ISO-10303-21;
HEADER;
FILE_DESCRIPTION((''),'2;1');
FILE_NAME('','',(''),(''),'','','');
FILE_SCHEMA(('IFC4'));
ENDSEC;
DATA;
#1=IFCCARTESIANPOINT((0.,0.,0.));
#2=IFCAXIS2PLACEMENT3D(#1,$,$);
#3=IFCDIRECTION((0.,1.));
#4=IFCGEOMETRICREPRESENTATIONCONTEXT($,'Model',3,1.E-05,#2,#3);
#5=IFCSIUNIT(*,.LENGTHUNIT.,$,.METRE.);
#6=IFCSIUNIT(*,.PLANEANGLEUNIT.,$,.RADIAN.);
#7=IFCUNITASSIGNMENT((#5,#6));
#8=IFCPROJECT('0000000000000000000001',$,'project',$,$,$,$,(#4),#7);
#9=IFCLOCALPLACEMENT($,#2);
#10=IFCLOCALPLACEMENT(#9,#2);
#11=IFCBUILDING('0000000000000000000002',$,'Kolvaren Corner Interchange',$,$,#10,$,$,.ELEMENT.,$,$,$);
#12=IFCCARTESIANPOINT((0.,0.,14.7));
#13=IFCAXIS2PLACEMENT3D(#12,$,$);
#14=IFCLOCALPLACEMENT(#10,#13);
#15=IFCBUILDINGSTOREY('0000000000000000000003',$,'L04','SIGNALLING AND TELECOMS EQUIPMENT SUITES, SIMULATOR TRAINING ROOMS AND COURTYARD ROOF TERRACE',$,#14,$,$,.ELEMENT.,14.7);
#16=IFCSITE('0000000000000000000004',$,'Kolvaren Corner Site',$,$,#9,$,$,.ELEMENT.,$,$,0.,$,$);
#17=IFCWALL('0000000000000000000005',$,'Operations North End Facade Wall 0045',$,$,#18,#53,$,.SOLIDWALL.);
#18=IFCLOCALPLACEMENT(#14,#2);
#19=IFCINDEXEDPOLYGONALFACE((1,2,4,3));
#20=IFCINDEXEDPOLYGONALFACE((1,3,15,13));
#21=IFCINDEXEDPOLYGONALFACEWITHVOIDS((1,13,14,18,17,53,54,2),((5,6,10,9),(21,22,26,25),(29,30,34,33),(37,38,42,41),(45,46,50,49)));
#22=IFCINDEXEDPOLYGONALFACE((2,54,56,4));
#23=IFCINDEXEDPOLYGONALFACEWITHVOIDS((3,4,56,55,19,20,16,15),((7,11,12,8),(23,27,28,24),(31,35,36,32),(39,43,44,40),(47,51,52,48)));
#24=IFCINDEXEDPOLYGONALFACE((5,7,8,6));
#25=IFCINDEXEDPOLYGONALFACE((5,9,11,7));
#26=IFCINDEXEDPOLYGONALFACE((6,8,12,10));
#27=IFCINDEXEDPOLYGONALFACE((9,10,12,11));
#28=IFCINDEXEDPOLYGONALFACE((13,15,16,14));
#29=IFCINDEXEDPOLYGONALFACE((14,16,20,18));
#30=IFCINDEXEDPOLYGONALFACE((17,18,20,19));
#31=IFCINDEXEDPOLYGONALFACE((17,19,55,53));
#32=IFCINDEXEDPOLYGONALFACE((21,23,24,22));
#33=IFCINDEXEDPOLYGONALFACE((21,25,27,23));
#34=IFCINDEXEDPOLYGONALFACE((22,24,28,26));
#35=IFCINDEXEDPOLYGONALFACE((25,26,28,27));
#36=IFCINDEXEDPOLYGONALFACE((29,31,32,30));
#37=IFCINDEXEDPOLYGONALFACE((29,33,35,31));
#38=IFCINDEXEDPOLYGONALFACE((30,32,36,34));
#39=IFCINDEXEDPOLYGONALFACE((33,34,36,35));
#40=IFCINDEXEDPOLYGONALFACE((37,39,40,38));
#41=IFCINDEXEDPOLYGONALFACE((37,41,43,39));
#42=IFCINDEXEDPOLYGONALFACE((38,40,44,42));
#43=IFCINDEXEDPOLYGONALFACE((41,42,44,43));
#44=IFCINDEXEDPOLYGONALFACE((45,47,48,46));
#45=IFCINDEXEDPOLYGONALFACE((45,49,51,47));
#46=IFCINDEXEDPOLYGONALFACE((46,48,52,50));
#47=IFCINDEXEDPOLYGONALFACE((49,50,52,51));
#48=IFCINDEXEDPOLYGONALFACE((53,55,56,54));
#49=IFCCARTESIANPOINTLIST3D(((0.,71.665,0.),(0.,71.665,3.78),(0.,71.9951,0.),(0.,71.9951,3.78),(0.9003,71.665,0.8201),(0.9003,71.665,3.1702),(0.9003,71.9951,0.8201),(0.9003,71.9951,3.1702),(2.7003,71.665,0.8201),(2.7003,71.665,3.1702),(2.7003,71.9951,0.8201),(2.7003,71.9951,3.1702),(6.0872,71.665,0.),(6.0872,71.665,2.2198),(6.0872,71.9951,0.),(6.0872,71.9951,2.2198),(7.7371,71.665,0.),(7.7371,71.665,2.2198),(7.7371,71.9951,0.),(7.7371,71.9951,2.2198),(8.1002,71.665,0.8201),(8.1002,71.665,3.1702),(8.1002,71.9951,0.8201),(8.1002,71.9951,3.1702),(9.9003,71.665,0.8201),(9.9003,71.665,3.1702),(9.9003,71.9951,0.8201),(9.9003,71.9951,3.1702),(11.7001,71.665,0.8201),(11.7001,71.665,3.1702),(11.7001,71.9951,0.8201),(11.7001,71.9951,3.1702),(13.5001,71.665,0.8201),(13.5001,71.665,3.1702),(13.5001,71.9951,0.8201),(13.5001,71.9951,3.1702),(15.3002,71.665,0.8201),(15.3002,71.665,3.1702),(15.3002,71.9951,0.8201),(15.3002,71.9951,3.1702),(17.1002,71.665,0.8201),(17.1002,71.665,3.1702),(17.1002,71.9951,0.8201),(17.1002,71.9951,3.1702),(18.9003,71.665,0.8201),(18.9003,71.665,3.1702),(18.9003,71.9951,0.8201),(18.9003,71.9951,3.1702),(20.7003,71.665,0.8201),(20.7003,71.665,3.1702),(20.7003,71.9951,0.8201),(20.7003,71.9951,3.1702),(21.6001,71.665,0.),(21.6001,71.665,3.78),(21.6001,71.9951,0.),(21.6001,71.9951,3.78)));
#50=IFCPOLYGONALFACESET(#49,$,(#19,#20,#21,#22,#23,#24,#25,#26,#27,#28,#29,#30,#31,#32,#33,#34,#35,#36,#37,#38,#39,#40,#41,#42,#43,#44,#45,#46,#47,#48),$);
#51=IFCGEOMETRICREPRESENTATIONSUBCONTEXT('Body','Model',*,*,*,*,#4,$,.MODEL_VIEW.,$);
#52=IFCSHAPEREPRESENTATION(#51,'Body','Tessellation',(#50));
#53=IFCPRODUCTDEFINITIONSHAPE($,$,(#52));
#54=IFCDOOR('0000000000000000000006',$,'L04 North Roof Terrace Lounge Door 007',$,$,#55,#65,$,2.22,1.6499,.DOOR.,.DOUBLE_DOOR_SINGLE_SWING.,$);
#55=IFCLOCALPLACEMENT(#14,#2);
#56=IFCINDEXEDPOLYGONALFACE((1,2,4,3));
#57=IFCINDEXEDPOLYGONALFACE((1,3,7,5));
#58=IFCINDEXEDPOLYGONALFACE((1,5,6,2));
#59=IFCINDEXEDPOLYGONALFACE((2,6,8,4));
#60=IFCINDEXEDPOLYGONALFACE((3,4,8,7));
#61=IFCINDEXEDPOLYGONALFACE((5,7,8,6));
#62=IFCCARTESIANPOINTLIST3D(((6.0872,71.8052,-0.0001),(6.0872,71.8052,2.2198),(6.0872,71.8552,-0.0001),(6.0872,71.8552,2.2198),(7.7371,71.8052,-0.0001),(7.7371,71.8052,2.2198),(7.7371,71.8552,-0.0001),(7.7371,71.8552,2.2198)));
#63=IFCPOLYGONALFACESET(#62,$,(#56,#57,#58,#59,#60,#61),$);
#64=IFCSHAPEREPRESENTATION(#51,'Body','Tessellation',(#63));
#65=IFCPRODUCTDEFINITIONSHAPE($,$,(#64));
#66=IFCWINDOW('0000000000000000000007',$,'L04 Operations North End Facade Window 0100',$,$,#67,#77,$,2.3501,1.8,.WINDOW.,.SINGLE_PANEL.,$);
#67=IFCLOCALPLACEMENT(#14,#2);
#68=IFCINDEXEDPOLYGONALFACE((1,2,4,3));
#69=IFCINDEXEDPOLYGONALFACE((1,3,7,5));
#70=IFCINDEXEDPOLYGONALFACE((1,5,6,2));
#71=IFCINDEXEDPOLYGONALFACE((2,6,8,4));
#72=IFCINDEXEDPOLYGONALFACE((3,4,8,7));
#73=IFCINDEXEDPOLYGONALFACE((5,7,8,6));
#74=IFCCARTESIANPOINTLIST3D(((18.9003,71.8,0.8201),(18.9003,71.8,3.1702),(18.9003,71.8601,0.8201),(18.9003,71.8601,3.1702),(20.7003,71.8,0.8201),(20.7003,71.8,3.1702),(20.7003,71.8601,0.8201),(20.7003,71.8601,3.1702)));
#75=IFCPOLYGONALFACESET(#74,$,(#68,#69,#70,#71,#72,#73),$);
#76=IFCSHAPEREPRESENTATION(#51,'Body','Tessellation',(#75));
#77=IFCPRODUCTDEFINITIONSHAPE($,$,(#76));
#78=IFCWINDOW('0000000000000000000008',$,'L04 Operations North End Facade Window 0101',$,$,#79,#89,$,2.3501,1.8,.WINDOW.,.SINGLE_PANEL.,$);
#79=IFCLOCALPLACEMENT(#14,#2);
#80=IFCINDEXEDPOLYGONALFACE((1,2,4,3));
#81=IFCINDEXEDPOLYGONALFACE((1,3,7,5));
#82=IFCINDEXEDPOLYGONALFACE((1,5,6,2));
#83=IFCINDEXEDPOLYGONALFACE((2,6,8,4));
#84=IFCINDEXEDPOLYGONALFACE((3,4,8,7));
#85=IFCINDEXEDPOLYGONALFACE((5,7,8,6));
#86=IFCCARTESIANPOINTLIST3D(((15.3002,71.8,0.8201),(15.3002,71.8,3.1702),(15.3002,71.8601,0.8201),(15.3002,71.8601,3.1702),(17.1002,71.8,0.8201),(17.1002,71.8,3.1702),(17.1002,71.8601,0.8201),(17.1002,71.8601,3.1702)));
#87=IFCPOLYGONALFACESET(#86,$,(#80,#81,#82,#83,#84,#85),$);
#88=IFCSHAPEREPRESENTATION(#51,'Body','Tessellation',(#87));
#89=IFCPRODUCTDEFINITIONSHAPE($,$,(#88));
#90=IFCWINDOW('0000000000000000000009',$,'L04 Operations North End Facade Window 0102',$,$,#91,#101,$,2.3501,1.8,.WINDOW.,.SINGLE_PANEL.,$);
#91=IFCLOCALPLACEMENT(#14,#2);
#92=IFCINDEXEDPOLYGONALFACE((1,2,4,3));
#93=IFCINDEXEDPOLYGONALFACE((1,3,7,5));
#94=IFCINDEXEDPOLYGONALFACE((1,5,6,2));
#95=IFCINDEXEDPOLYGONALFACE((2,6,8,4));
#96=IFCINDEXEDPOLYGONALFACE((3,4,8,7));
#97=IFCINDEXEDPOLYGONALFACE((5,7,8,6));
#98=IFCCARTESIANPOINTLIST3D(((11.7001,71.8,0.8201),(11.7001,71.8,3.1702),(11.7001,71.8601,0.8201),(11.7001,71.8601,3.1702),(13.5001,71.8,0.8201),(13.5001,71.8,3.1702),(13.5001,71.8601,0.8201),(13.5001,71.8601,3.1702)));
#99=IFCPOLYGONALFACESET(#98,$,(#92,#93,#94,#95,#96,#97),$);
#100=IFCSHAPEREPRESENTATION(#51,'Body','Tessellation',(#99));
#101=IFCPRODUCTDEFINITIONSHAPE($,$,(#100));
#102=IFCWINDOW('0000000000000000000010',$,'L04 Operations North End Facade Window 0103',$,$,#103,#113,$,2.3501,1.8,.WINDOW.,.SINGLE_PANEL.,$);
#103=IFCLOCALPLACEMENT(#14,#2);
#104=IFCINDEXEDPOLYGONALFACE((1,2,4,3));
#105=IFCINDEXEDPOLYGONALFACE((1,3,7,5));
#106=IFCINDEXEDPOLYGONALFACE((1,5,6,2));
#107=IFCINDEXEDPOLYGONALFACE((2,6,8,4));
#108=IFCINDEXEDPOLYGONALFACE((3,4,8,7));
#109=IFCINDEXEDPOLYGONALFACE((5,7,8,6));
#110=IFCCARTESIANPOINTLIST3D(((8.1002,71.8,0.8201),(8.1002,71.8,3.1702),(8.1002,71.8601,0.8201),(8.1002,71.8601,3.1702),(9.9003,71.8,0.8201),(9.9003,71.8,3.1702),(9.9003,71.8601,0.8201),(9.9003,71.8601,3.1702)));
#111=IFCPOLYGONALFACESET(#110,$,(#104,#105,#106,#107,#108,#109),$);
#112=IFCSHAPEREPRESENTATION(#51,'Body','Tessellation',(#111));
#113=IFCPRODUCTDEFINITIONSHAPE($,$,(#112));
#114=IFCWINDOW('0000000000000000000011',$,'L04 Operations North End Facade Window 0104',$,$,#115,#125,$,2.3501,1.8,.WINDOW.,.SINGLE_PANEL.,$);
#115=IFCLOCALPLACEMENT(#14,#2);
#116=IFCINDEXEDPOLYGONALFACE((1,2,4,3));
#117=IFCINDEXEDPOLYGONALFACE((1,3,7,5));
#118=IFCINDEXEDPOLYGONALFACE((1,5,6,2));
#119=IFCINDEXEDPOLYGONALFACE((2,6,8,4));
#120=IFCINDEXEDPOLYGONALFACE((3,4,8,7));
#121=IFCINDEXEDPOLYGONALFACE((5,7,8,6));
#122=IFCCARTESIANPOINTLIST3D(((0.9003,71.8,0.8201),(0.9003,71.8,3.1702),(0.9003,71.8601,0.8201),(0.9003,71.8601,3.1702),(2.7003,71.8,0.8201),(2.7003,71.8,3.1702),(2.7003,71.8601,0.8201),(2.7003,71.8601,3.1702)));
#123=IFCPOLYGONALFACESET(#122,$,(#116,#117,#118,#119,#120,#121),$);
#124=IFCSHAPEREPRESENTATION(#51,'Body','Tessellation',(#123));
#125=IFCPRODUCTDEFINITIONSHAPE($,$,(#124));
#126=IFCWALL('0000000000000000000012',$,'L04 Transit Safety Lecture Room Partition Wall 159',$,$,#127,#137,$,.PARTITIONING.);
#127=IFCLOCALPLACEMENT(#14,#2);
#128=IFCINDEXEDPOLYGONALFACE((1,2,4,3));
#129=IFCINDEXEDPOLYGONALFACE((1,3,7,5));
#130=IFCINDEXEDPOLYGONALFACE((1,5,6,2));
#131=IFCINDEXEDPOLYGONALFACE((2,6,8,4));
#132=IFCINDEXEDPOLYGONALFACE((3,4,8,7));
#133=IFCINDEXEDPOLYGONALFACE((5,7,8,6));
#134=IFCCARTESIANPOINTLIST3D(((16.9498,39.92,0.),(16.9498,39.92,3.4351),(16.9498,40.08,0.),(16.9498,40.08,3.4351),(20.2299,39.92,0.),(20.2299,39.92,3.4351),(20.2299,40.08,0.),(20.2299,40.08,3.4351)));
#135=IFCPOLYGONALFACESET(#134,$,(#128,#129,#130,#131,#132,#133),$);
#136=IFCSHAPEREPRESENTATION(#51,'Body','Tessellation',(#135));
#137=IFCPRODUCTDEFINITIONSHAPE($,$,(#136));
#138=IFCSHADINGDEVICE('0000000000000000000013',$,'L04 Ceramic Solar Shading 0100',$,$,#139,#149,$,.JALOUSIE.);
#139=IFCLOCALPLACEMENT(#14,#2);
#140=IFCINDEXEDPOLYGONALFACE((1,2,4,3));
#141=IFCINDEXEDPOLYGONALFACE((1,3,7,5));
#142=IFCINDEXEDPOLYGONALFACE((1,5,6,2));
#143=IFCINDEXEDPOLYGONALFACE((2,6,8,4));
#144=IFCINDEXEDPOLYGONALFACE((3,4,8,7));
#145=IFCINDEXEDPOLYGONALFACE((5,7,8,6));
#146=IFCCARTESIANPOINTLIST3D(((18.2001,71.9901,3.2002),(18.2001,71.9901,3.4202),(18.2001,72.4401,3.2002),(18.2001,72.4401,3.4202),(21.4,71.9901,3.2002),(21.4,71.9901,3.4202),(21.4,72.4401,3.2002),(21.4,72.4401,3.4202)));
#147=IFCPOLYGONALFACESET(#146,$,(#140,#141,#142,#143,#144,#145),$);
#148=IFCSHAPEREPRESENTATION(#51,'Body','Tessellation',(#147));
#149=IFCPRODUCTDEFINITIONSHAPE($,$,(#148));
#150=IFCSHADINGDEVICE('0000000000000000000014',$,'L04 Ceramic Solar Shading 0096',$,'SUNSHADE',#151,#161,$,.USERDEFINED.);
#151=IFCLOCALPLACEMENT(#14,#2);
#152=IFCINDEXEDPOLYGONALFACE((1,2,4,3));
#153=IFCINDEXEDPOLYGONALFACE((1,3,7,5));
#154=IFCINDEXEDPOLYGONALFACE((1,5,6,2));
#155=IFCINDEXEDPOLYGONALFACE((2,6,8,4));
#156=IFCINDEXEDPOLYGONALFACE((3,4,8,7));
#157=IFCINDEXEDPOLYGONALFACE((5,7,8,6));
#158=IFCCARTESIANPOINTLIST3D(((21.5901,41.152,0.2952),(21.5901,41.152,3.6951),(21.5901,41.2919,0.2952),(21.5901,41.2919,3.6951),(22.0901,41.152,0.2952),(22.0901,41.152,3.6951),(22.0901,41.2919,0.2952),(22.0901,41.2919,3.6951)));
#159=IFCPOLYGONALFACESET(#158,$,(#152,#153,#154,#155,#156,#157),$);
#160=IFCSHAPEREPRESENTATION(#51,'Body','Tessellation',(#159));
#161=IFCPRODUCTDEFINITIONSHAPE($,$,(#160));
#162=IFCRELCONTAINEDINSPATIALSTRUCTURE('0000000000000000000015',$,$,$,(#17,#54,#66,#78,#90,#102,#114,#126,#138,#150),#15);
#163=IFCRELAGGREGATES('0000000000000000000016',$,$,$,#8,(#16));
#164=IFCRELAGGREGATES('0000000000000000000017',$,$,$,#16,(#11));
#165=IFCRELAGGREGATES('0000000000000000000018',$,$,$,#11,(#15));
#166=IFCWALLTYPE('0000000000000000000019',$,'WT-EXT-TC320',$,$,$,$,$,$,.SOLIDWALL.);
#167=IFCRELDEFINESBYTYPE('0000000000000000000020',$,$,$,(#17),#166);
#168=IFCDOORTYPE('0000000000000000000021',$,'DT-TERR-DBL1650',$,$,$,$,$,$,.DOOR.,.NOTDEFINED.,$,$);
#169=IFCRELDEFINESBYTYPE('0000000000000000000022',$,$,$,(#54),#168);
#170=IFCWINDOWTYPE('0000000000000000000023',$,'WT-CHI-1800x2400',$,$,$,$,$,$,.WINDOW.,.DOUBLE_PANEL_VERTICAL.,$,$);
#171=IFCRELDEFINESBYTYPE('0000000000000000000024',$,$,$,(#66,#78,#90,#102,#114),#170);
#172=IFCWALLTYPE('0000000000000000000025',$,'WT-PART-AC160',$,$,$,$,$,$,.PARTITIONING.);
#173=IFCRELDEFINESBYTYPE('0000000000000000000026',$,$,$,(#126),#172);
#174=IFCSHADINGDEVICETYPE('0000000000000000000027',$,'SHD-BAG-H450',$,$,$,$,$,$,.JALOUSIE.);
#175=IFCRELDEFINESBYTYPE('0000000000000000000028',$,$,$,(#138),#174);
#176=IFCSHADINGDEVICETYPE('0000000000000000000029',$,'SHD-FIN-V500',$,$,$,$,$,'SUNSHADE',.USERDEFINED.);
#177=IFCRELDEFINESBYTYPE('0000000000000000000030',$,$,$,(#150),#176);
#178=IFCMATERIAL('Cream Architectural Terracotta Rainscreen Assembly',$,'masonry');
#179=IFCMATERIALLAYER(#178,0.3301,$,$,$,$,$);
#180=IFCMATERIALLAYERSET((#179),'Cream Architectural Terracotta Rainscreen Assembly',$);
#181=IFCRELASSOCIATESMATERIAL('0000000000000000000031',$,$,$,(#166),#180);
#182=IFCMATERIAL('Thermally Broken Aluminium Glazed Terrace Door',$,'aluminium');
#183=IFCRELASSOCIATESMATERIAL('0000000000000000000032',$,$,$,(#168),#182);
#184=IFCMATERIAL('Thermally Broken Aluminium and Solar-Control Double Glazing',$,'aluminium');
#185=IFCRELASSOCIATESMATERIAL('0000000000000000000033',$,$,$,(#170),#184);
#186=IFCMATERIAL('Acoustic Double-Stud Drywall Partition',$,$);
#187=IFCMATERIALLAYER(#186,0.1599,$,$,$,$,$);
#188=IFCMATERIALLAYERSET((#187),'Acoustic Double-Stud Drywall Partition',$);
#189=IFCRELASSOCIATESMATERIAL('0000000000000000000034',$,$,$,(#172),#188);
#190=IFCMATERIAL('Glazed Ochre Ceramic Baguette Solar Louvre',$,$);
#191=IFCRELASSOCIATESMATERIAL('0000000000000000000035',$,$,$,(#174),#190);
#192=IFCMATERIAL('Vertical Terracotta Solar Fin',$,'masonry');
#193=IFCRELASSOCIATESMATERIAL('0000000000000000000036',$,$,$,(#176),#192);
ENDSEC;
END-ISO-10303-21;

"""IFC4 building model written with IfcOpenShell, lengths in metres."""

from ifc_helpers import new_model, si_unit, direction, frame, frame_2d, origin, origin_2d, place, context, subcontext, project, spatial, rectangle, extrude, material, layer, layer_set, type_object, element, fill, save


model = new_model("IFC4")

# Units and contexts
model_context = context("Model", 3, precision=1e-05, world=origin(), true_north=direction((0.0, 1.0)))
body_context = subcontext(model_context, "Body", "Model", "MODEL_VIEW")
ifc_project = project(units=[si_unit("LENGTHUNIT", "METRE"), si_unit("PLANEANGLEUNIT", "RADIAN")], contexts=[model_context])

# Site, building, storey
site_placement = place(None, origin())
site = spatial("IfcSite", under=ifc_project, at=site_placement, Name="Kolvaren Corner Site", CompositionType="ELEMENT", RefElevation=0.0)
building_placement = place(site_placement, origin())
building = spatial("IfcBuilding", under=site, at=building_placement, Name="Kolvaren Corner Interchange", CompositionType="ELEMENT")
storey_placement = place(building_placement, frame((0.0, 0.0, 14.7)))
storey = spatial("IfcBuildingStorey", under=building, at=storey_placement, Name="L04", Description="SIGNALLING AND TELECOMS EQUIPMENT SUITES, SIMULATOR TRAINING ROOMS AND COURTYARD ROOF TERRACE", CompositionType="ELEMENT", Elevation=14.7)

# Shared definitions
ifc_material_1 = material(Name="Cream Architectural Terracotta Rainscreen Assembly", Category="masonry")
ifc_layer_1 = layer(ifc_material_1, 0.3301)
ifc_layer_set_1 = layer_set([ifc_layer_1], Name="Cream Architectural Terracotta Rainscreen Assembly")
wall_type_1 = type_object("IfcWallType", Name="WT-EXT-TC320", PredefinedType="SOLIDWALL", material=ifc_layer_set_1)

# Wall, openings, door, windows
wall_1_placement = place(storey_placement, frame((21.6001, 71.8301, 0.0), z_axis=(0.0, 0.0, 1.0), x_axis=(-1.0, 0.0, 0.0)))
wall_1 = element("IfcWall", 1, at=wall_1_placement, inside=storey, type_object=wall_type_1, Name="Operations North End Facade Wall 0045", PredefinedType="SOLIDWALL", context=body_context, shape_type="SweptSolid", body=[
    extrude(rectangle(XDim=21.6001, YDim=0.3301, at=frame_2d((10.8, 0.0))), origin(), (0.0, 0.0, 1.0), 3.78),
])
opening_1_placement = place(wall_1_placement, frame((13.863, 0.0, 0.0)))
opening_1 = element("IfcOpeningElement", 2, at=opening_1_placement, cuts=wall_1, PredefinedType="OPENING", context=body_context, shape_type="SweptSolid", body=[
    extrude(rectangle(XDim=1.6499, YDim=2.22, at=frame_2d((0.825, 1.1099))), frame((0.0, 0.175, 0.0), z_axis=(0.0, -1.0, 0.0), x_axis=(1.0, 0.0, 0.0)), (0.0, 0.0, 1.0), 0.3501),
])
opening_2_placement = place(wall_1_placement, frame((0.8999, 0.0, 0.8201)))
opening_2 = element("IfcOpeningElement", 3, at=opening_2_placement, cuts=wall_1, PredefinedType="OPENING", context=body_context, shape_type="SweptSolid", body=[
    extrude(rectangle(XDim=1.8, YDim=2.3501, at=frame_2d((0.8999, 1.175))), frame((0.0, 0.175, 0.0), z_axis=(0.0, -1.0, 0.0), x_axis=(1.0, 0.0, 0.0)), (0.0, 0.0, 1.0), 0.3501),
])
opening_3_placement = place(wall_1_placement, frame((4.5, 0.0, 0.8201)))
opening_3 = element("IfcOpeningElement", 4, at=opening_3_placement, cuts=wall_1, PredefinedType="OPENING", context=body_context, shape_type="SweptSolid", body=[
    extrude(rectangle(XDim=1.8, YDim=2.3501, at=frame_2d((0.8999, 1.175))), frame((0.0, 0.175, 0.0), z_axis=(0.0, -1.0, 0.0), x_axis=(1.0, 0.0, 0.0)), (0.0, 0.0, 1.0), 0.3501),
])
opening_4_placement = place(wall_1_placement, frame((8.1001, 0.0, 0.8201)))
opening_4 = element("IfcOpeningElement", 5, at=opening_4_placement, cuts=wall_1, PredefinedType="OPENING", context=body_context, shape_type="SweptSolid", body=[
    extrude(rectangle(XDim=1.8, YDim=2.3501, at=frame_2d((0.8999, 1.175))), frame((0.0, 0.175, 0.0), z_axis=(0.0, -1.0, 0.0), x_axis=(1.0, 0.0, 0.0)), (0.0, 0.0, 1.0), 0.3501),
])
opening_5_placement = place(wall_1_placement, frame((11.7, 0.0, 0.8201)))
opening_5 = element("IfcOpeningElement", 6, at=opening_5_placement, cuts=wall_1, PredefinedType="OPENING", context=body_context, shape_type="SweptSolid", body=[
    extrude(rectangle(XDim=1.8, YDim=2.3501, at=frame_2d((0.8999, 1.175))), frame((0.0, 0.175, 0.0), z_axis=(0.0, -1.0, 0.0), x_axis=(1.0, 0.0, 0.0)), (0.0, 0.0, 1.0), 0.3501),
])
opening_6_placement = place(wall_1_placement, frame((18.8999, 0.0, 0.8201)))
opening_6 = element("IfcOpeningElement", 7, at=opening_6_placement, cuts=wall_1, PredefinedType="OPENING", context=body_context, shape_type="SweptSolid", body=[
    extrude(rectangle(XDim=1.8, YDim=2.3501, at=frame_2d((0.8999, 1.175))), frame((0.0, 0.175, 0.0), z_axis=(0.0, -1.0, 0.0), x_axis=(1.0, 0.0, 0.0)), (0.0, 0.0, 1.0), 0.3501),
])
ifc_material_2 = material(Name="Thermally Broken Aluminium Glazed Terrace Door", Category="aluminium")
door_type = type_object("IfcDoorType", Name="DT-TERR-DBL1650", OperationType="NOTDEFINED", PredefinedType="DOOR", material=ifc_material_2)
door_placement = place(opening_1_placement, origin())
door = element("IfcDoor", 8, at=door_placement, inside=storey, type_object=door_type, Name="L04 North Roof Terrace Lounge Door 007", OperationType="DOUBLE_DOOR_SINGLE_SWING", OverallHeight=2.22, OverallWidth=1.6499, PredefinedType="DOOR", context=body_context, shape_type="SweptSolid", body=[
    extrude(rectangle(XDim=1.6499, YDim=2.22, at=frame_2d((0.825, 1.1099))), frame((0.0, 0.0249, 0.0), z_axis=(0.0, -1.0, 0.0), x_axis=(1.0, 0.0, 0.0)), (0.0, 0.0, 1.0), 0.05),
])
fill(opening_1, door)
ifc_material_3 = material(Name="Thermally Broken Aluminium and Solar-Control Double Glazing", Category="aluminium")
window_type = type_object("IfcWindowType", Name="WT-CHI-1800x2400", PartitioningType="DOUBLE_PANEL_VERTICAL", PredefinedType="WINDOW", material=ifc_material_3)
window_1_placement = place(opening_2_placement, origin())
window_1 = element("IfcWindow", 9, at=window_1_placement, inside=storey, type_object=window_type, Name="L04 Operations North End Facade Window 0100", OverallHeight=2.3501, OverallWidth=1.8, PartitioningType="SINGLE_PANEL", PredefinedType="WINDOW", context=body_context, shape_type="SweptSolid", body=[
    extrude(rectangle(XDim=1.8, YDim=2.3501, at=frame_2d((0.8999, 1.175))), frame((0.0, 0.03, 0.0), z_axis=(0.0, -1.0, 0.0), x_axis=(1.0, 0.0, 0.0)), (0.0, 0.0, 1.0), 0.0601),
])
fill(opening_2, window_1)
window_2_placement = place(opening_3_placement, origin())
window_2 = element("IfcWindow", 10, at=window_2_placement, inside=storey, type_object=window_type, Name="L04 Operations North End Facade Window 0101", OverallHeight=2.3501, OverallWidth=1.8, PartitioningType="SINGLE_PANEL", PredefinedType="WINDOW", context=body_context, shape_type="SweptSolid", body=[
    extrude(rectangle(XDim=1.8, YDim=2.3501, at=frame_2d((0.8999, 1.175))), frame((0.0, 0.03, 0.0), z_axis=(0.0, -1.0, 0.0), x_axis=(1.0, 0.0, 0.0)), (0.0, 0.0, 1.0), 0.0601),
])
fill(opening_3, window_2)
window_3_placement = place(opening_4_placement, origin())
window_3 = element("IfcWindow", 11, at=window_3_placement, inside=storey, type_object=window_type, Name="L04 Operations North End Facade Window 0102", OverallHeight=2.3501, OverallWidth=1.8, PartitioningType="SINGLE_PANEL", PredefinedType="WINDOW", context=body_context, shape_type="SweptSolid", body=[
    extrude(rectangle(XDim=1.8, YDim=2.3501, at=frame_2d((0.8999, 1.175))), frame((0.0, 0.03, 0.0), z_axis=(0.0, -1.0, 0.0), x_axis=(1.0, 0.0, 0.0)), (0.0, 0.0, 1.0), 0.0601),
])
fill(opening_4, window_3)
window_4_placement = place(opening_5_placement, origin())
window_4 = element("IfcWindow", 12, at=window_4_placement, inside=storey, type_object=window_type, Name="L04 Operations North End Facade Window 0103", OverallHeight=2.3501, OverallWidth=1.8, PartitioningType="SINGLE_PANEL", PredefinedType="WINDOW", context=body_context, shape_type="SweptSolid", body=[
    extrude(rectangle(XDim=1.8, YDim=2.3501, at=frame_2d((0.8999, 1.175))), frame((0.0, 0.03, 0.0), z_axis=(0.0, -1.0, 0.0), x_axis=(1.0, 0.0, 0.0)), (0.0, 0.0, 1.0), 0.0601),
])
fill(opening_5, window_4)
window_5_placement = place(opening_6_placement, origin())
window_5 = element("IfcWindow", 13, at=window_5_placement, inside=storey, type_object=window_type, Name="L04 Operations North End Facade Window 0104", OverallHeight=2.3501, OverallWidth=1.8, PartitioningType="SINGLE_PANEL", PredefinedType="WINDOW", context=body_context, shape_type="SweptSolid", body=[
    extrude(rectangle(XDim=1.8, YDim=2.3501, at=frame_2d((0.8999, 1.175))), frame((0.0, 0.03, 0.0), z_axis=(0.0, -1.0, 0.0), x_axis=(1.0, 0.0, 0.0)), (0.0, 0.0, 1.0), 0.0601),
])
fill(opening_6, window_5)

# Wall
ifc_material_4 = material(Name="Acoustic Double-Stud Drywall Partition")
ifc_layer_2 = layer(ifc_material_4, 0.1599)
ifc_layer_set_2 = layer_set([ifc_layer_2], Name="Acoustic Double-Stud Drywall Partition")
wall_type_2 = type_object("IfcWallType", Name="WT-PART-AC160", PredefinedType="PARTITIONING", material=ifc_layer_set_2)
wall_2_placement = place(storey_placement, frame((20.23, 40.0, 0.0), z_axis=(0.0, 0.0, 1.0), x_axis=(-1.0, 0.0, 0.0)))
element("IfcWall", 14, at=wall_2_placement, inside=storey, type_object=wall_type_2, Name="L04 Transit Safety Lecture Room Partition Wall 159", PredefinedType="PARTITIONING", context=body_context, shape_type="SweptSolid", body=[
    extrude(rectangle(XDim=3.28, YDim=0.1599, at=frame_2d((1.6401, 0.0))), origin(), (0.0, 0.0, 1.0), 3.4351),
])

# Shading devices
ifc_material_5 = material(Name="Glazed Ochre Ceramic Baguette Solar Louvre")
shading_device_type_1 = type_object("IfcShadingDeviceType", Name="SHD-BAG-H450", PredefinedType="JALOUSIE", material=ifc_material_5)
shading_device_placement = place(storey_placement, frame((19.8, 72.2151, 3.2002), z_axis=(0.0, 0.0, 1.0), x_axis=(-1.0, 0.0, 0.0)))
element("IfcShadingDevice", 15, at=shading_device_placement, inside=storey, type_object=shading_device_type_1, Name="L04 Ceramic Solar Shading 0100", PredefinedType="JALOUSIE", context=body_context, shape_type="SweptSolid", body=[
    extrude(rectangle(XDim=3.2, YDim=0.45, at=origin_2d()), origin(), (0.0, 0.0, 1.0), 0.22),
])
ifc_material_6 = material(Name="Vertical Terracotta Solar Fin", Category="masonry")
shading_device_type_2 = type_object("IfcShadingDeviceType", Name="SHD-FIN-V500", ElementType="SUNSHADE", PredefinedType="USERDEFINED", material=ifc_material_6)
for number, where, z_axis, x_axis, name in (
    (16, (21.8401, 41.2219, 0.2952), (0.0, 0.0, 1.0), (0.0, 1.0, 0.0), "L04 Ceramic Solar Shading 0096"),
):
    element("IfcShadingDevice", number, at=place(storey_placement, frame(where, z_axis=z_axis, x_axis=x_axis)), inside=storey, type_object=shading_device_type_2, Name=name, ObjectType="SUNSHADE", PredefinedType="USERDEFINED", context=body_context, shape_type="SweptSolid", body=[
        extrude(rectangle(XDim=0.1399, YDim=0.5, at=origin_2d()), origin(), (0.0, 0.0, 1.0), 3.3999),
    ])

save(model, "model.ifc")
